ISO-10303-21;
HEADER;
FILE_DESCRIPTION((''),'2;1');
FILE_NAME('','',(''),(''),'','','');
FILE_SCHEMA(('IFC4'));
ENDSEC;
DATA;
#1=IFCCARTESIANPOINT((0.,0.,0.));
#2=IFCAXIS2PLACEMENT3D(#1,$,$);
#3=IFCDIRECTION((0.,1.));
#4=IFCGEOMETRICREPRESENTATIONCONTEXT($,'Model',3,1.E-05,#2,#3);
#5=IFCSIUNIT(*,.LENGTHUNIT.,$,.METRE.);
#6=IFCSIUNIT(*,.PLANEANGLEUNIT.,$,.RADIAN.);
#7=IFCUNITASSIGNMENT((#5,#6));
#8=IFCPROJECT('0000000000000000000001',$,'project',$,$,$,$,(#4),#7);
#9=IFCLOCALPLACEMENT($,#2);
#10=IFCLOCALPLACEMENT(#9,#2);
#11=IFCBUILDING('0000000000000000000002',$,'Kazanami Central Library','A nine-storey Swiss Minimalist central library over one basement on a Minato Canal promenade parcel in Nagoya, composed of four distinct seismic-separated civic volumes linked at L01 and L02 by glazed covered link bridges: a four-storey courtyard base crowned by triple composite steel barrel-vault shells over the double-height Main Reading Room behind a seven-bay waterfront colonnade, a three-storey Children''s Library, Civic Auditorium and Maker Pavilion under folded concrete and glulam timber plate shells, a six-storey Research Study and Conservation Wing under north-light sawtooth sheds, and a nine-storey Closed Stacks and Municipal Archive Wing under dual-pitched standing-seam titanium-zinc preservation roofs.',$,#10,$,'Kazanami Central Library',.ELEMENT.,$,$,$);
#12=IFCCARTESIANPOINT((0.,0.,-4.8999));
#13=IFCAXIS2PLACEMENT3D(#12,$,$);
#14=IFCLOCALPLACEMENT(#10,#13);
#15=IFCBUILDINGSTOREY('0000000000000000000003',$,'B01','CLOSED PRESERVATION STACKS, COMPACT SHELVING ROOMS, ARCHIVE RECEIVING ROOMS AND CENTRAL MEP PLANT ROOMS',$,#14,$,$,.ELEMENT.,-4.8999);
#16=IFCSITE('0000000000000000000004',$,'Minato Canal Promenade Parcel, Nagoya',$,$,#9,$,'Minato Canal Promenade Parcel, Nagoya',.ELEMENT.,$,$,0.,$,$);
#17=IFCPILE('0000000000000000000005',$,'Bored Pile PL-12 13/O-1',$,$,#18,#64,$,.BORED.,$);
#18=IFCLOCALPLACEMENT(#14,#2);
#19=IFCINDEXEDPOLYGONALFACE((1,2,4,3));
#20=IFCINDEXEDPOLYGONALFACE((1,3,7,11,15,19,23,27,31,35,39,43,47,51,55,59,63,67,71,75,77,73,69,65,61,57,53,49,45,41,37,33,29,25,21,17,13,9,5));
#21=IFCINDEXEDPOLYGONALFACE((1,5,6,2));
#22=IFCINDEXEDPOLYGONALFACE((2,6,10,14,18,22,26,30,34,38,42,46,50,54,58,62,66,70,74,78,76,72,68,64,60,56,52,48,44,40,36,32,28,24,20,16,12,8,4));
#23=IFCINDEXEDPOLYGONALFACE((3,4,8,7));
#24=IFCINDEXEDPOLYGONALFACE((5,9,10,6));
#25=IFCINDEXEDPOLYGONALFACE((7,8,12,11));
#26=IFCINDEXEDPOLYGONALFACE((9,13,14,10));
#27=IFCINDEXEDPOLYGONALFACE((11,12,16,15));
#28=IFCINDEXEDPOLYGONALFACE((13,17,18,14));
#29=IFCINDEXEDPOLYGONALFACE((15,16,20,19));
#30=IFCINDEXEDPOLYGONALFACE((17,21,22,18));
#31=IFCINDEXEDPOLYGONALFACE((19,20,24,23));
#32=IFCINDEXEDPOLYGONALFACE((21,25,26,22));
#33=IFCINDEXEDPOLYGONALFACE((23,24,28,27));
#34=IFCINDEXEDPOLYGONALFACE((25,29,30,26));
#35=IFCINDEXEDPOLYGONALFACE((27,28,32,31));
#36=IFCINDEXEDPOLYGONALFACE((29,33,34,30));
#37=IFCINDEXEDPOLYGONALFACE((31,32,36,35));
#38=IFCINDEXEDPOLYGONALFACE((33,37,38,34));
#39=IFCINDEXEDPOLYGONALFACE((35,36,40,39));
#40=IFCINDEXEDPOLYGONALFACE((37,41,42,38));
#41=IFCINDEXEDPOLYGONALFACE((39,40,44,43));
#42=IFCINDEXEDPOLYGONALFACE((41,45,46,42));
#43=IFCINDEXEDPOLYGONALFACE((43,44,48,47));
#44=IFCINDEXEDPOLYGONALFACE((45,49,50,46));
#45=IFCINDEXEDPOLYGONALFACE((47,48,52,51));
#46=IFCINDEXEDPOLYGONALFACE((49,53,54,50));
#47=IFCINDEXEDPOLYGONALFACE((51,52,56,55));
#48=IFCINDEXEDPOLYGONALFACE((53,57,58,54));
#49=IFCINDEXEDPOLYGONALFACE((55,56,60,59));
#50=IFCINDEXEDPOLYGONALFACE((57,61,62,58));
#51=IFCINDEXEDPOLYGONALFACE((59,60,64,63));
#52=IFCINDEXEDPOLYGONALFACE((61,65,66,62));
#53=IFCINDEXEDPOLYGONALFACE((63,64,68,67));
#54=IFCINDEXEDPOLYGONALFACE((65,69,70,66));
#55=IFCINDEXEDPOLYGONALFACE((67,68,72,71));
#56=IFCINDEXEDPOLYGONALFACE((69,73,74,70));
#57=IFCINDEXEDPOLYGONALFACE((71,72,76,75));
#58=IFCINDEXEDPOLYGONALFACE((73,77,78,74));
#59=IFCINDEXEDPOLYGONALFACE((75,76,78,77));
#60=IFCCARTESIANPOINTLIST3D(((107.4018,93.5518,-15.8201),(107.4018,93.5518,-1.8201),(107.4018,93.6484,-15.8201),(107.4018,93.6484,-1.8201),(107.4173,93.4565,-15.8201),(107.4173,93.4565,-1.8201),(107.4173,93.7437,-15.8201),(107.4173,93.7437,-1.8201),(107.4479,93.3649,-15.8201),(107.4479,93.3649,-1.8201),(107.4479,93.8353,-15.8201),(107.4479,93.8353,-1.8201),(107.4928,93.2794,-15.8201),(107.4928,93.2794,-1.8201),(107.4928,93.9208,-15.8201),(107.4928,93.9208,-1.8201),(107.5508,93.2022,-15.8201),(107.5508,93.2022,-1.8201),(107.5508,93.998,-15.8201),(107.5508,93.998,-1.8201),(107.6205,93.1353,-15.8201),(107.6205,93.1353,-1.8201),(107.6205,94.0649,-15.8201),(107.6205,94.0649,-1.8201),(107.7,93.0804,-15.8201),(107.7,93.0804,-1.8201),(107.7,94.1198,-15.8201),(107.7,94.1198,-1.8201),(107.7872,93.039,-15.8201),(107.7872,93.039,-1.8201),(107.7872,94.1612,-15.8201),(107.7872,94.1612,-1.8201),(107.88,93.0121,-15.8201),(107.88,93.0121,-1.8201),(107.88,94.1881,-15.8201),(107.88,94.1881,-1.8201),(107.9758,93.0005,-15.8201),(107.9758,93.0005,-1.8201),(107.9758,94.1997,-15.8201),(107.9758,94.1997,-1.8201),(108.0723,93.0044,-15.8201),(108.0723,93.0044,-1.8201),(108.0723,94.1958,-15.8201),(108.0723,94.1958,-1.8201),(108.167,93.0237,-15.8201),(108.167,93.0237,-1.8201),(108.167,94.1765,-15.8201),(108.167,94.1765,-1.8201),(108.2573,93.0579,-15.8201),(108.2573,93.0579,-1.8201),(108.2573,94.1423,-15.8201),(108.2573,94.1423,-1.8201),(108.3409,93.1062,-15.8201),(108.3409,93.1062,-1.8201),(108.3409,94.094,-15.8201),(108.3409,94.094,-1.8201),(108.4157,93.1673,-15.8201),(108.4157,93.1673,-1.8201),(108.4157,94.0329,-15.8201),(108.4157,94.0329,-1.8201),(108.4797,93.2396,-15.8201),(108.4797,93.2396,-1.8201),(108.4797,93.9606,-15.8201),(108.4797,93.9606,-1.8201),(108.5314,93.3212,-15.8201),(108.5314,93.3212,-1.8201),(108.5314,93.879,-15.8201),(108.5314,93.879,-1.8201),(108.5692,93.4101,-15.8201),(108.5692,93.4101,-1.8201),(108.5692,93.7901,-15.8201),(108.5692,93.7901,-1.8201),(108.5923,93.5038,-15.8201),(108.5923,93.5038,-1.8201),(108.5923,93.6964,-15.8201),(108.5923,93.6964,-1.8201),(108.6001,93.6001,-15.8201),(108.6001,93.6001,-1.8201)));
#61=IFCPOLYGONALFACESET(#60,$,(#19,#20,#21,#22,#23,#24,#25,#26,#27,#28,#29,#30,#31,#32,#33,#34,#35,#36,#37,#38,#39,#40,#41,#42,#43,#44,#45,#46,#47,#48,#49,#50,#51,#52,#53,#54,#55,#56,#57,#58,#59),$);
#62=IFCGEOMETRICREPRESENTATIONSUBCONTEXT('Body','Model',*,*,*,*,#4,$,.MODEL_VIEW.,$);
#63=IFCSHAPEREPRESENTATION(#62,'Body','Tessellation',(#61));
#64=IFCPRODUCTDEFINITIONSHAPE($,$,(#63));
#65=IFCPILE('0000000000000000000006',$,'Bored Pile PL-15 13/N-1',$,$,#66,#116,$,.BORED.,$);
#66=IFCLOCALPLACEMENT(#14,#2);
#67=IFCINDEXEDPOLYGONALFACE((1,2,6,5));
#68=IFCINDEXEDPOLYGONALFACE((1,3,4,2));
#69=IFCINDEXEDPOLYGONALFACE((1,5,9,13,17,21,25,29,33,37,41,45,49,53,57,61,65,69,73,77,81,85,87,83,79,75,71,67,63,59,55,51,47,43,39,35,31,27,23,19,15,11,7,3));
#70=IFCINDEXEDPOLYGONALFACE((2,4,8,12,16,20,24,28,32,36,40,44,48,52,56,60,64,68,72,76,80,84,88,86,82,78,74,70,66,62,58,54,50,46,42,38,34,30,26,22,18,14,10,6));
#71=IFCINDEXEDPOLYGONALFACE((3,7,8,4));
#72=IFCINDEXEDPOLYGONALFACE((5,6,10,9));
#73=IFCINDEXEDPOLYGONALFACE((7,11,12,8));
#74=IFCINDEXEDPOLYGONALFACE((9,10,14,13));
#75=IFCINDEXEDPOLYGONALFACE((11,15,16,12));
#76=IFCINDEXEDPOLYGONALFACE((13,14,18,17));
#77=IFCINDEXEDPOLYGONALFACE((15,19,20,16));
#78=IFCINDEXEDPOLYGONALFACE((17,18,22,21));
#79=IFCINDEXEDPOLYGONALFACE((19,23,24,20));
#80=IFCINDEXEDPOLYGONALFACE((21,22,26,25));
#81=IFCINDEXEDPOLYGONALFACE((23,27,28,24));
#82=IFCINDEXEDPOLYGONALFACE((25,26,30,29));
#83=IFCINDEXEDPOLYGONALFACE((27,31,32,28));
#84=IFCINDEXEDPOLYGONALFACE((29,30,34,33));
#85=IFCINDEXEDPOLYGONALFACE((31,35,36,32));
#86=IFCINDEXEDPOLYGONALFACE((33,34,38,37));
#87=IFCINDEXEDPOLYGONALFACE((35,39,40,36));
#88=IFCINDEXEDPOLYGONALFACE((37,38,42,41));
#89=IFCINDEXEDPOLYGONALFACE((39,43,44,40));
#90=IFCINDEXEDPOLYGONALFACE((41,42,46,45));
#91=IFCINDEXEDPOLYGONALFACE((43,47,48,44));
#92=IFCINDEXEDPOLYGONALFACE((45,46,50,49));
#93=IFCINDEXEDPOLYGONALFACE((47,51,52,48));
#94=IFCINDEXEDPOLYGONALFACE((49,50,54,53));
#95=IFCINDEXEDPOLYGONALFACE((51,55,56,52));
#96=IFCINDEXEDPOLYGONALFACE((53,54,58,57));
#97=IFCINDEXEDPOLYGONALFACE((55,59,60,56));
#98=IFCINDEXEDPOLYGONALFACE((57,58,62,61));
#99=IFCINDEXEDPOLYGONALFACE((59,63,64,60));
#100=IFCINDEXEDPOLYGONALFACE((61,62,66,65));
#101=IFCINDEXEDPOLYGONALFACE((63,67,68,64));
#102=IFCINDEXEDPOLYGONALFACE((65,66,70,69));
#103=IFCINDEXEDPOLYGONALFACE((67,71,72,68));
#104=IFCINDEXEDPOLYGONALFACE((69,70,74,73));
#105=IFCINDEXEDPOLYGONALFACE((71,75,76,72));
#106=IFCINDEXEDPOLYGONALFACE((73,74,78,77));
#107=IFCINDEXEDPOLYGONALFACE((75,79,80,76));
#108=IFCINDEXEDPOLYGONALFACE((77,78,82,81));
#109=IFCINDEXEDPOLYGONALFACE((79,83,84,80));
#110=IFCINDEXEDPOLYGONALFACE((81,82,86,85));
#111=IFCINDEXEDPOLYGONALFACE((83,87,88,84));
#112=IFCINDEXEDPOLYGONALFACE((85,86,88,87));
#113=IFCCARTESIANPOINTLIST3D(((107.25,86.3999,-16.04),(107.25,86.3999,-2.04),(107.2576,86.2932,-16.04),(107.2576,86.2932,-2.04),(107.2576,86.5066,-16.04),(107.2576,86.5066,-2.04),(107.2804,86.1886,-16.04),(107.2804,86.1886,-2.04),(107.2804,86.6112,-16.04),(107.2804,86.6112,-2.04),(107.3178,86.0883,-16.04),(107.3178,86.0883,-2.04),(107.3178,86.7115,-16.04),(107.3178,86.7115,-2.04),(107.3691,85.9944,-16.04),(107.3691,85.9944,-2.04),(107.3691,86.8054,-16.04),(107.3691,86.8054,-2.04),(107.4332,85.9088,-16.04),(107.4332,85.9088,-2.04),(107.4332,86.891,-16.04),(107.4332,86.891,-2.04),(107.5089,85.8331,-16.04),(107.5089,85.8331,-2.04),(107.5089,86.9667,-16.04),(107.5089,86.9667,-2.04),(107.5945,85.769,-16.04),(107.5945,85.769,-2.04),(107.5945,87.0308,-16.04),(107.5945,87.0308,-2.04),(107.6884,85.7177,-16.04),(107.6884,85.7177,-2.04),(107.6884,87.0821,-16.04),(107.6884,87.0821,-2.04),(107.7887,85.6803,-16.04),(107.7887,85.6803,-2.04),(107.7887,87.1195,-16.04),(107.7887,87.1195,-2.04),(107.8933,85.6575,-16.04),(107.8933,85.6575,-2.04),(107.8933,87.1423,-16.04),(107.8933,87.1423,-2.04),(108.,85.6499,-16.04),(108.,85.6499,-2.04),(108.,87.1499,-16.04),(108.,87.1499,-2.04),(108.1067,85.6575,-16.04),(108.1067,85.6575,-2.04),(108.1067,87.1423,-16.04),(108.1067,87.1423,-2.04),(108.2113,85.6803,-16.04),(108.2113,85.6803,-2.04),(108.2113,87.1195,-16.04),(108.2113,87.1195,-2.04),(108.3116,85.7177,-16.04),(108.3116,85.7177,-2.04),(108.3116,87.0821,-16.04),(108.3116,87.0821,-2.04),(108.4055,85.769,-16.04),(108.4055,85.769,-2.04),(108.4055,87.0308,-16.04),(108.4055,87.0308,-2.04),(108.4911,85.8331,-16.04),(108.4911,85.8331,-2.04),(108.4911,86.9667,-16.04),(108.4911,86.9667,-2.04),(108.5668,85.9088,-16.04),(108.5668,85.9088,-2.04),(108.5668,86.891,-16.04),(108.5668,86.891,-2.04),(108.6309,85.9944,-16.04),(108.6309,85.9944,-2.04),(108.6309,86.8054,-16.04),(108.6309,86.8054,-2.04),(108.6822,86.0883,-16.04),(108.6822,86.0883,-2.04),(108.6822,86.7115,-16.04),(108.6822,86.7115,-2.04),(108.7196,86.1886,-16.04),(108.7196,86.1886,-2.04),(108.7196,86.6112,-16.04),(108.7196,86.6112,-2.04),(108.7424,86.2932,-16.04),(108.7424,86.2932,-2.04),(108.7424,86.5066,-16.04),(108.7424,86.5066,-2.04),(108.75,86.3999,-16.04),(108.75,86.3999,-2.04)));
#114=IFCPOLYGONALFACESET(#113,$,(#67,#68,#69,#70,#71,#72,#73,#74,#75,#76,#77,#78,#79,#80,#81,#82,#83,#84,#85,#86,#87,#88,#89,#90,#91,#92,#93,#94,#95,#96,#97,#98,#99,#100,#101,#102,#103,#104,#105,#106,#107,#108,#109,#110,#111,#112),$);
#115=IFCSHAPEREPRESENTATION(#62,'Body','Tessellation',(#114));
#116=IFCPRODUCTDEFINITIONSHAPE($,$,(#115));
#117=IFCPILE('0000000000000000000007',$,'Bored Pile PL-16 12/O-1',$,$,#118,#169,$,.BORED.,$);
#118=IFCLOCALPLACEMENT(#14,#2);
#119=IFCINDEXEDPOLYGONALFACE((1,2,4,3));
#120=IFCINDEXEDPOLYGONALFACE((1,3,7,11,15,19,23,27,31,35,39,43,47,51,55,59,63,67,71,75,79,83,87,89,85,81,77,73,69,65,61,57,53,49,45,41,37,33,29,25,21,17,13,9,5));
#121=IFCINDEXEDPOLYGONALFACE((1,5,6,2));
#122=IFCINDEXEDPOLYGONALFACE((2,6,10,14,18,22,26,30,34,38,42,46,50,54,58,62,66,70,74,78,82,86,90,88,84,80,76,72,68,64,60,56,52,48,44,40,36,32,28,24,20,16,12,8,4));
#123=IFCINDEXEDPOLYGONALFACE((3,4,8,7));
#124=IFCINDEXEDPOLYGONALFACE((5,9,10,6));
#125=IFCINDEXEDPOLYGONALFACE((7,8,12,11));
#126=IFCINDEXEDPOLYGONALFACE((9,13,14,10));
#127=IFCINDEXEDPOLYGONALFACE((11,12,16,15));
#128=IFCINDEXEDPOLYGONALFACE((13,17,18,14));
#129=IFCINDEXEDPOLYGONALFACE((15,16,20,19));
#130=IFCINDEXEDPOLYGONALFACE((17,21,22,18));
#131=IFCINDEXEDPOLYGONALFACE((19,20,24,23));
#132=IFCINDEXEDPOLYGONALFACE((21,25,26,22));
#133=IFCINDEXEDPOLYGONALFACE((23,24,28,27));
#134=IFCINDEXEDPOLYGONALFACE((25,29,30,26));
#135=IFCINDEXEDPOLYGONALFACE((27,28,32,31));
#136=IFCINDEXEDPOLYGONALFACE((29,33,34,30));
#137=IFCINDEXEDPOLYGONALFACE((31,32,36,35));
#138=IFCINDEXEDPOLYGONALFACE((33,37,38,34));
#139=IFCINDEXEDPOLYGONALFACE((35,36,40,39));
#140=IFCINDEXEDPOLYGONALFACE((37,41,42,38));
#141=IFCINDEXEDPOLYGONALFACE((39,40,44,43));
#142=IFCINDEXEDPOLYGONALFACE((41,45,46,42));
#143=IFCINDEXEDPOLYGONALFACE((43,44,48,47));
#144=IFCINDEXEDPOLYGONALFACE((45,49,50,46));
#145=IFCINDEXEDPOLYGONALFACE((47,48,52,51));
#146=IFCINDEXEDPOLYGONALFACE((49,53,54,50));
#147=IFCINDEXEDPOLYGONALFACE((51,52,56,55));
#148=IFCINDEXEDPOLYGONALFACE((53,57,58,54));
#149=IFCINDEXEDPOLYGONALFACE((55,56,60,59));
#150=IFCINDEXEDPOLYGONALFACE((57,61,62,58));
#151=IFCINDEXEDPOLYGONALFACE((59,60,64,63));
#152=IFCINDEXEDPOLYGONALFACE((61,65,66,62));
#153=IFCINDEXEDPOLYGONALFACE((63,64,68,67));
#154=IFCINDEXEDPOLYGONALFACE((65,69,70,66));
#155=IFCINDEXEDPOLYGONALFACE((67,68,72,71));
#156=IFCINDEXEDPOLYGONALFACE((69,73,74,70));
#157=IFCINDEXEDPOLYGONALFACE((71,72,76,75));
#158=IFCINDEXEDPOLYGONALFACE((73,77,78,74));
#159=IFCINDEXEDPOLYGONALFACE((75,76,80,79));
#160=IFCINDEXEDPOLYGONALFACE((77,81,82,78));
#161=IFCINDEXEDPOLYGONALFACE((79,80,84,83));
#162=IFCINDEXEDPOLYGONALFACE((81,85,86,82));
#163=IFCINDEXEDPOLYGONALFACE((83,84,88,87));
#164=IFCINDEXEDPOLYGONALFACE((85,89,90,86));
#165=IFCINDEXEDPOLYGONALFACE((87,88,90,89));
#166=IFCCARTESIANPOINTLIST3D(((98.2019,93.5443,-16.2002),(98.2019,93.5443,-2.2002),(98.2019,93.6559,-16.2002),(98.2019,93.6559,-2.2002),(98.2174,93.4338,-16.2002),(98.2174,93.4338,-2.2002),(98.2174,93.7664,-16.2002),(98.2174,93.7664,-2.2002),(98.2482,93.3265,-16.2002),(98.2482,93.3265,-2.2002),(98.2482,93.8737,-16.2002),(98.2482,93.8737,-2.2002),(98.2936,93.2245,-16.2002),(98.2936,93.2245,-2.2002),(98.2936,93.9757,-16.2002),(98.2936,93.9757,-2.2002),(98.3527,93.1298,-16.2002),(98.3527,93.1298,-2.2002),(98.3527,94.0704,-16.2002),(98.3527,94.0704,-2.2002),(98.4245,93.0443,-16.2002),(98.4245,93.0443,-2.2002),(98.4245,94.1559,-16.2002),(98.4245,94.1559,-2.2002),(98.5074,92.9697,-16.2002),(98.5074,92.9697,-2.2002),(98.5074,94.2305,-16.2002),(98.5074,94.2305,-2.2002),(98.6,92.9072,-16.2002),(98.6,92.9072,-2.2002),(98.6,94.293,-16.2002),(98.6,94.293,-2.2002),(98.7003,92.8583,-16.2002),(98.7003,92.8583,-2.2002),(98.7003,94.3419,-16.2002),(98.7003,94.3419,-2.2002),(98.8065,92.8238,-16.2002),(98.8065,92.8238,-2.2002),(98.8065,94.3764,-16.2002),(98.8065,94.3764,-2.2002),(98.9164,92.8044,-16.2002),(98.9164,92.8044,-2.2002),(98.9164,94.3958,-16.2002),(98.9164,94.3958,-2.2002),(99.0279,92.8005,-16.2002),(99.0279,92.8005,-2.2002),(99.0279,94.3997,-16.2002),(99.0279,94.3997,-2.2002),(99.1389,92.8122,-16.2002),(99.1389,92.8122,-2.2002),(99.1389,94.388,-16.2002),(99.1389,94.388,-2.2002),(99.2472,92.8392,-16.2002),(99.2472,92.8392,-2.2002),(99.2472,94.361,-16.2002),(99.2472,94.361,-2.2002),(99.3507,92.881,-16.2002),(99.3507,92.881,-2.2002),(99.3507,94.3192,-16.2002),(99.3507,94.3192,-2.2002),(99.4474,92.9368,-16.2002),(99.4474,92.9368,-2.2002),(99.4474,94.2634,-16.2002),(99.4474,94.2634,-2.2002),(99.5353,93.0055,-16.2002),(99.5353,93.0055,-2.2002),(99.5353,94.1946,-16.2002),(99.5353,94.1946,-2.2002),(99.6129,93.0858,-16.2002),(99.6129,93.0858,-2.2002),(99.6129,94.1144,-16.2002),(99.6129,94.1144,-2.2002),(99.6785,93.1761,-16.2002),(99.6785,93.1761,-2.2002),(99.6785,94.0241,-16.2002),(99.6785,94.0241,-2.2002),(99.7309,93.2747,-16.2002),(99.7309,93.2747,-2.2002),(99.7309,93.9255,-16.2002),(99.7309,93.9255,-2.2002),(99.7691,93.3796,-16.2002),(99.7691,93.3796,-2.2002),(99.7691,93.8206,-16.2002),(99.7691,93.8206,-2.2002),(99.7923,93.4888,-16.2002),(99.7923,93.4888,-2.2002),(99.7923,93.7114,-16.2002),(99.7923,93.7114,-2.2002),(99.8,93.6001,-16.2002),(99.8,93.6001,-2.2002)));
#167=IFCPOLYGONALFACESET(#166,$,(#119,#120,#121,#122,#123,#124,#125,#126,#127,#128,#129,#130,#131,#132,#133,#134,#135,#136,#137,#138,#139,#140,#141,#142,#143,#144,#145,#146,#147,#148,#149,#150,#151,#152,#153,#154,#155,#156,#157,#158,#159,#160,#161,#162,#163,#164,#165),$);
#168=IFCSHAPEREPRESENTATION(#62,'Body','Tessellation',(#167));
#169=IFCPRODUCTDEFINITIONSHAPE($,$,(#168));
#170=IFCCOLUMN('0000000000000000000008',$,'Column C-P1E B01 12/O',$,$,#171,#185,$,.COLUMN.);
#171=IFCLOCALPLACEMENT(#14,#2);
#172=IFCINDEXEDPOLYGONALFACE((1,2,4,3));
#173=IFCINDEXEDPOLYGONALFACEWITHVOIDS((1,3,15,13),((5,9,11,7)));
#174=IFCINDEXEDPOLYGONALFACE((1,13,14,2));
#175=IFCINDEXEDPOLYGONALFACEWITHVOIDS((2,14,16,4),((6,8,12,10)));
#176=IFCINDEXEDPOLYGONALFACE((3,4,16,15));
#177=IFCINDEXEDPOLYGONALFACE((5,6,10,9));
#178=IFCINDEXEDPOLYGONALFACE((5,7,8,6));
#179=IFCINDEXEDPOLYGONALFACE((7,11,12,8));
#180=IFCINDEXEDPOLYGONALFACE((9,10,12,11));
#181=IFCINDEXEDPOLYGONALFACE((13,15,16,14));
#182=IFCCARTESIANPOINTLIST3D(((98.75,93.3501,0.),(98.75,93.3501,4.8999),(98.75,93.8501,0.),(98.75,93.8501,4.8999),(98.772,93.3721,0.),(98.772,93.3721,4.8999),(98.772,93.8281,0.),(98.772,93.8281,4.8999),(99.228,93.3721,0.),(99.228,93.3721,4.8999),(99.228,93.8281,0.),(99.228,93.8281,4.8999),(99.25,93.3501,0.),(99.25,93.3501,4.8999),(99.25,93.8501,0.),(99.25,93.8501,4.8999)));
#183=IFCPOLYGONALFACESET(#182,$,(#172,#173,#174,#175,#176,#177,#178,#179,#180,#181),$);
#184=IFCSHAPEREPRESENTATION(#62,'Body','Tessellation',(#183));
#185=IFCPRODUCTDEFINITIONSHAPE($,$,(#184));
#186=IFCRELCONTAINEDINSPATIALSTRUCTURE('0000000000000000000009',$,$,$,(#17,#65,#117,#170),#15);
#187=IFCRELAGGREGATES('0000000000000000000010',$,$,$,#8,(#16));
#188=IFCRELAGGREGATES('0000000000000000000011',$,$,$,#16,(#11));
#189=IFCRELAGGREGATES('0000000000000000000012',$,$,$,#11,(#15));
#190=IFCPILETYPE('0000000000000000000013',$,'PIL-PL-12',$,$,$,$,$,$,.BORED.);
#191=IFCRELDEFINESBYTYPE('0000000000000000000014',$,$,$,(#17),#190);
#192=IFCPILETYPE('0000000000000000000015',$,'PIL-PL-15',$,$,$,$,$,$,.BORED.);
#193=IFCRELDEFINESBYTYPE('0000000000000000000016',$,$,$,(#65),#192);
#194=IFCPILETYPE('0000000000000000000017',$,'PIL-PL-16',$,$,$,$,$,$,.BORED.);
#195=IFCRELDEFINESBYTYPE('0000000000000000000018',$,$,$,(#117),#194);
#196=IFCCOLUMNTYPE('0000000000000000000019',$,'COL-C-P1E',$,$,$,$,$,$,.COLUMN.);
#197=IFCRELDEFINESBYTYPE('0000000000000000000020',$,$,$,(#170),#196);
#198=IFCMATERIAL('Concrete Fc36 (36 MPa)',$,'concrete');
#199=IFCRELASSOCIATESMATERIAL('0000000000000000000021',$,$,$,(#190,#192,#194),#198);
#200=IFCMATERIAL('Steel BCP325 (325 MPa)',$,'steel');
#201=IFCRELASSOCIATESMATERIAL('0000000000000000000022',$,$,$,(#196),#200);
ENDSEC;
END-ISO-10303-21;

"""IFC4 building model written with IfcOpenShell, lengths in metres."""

from ifc_helpers import new_model, si_unit, direction, frame, origin, origin_2d, place, context, subcontext, project, spatial, hollow_rectangle, circle, extrude, material, material_profile, profile_set, type_object, element, save


model = new_model("IFC4")

# Units and contexts
model_context = context("Model", 3, precision=1e-05, world=origin(), true_north=direction((0.0, 1.0)))
body_context = subcontext(model_context, "Body", "Model", "MODEL_VIEW")
ifc_project = project(units=[si_unit("LENGTHUNIT", "METRE"), si_unit("PLANEANGLEUNIT", "RADIAN")], contexts=[model_context])

# Site, building, storey
site_placement = place(None, origin())
site = spatial("IfcSite", under=ifc_project, at=site_placement, Name="Minato Canal Promenade Parcel, Nagoya", LongName="Minato Canal Promenade Parcel, Nagoya", CompositionType="ELEMENT", RefElevation=0.0)
building_placement = place(site_placement, origin())
building = spatial("IfcBuilding", under=site, at=building_placement, Name="Kazanami Central Library", Description="A nine-storey Swiss Minimalist central library over one basement on a Minato Canal promenade parcel in Nagoya, composed of four distinct seismic-separated civic volumes linked at L01 and L02 by glazed covered link bridges: a four-storey courtyard base crowned by triple composite steel barrel-vault shells over the double-height Main Reading Room behind a seven-bay waterfront colonnade, a three-storey Children's Library, Civic Auditorium and Maker Pavilion under folded concrete and glulam timber plate shells, a six-storey Research Study and Conservation Wing under north-light sawtooth sheds, and a nine-storey Closed Stacks and Municipal Archive Wing under dual-pitched standing-seam titanium-zinc preservation roofs.", LongName="Kazanami Central Library", CompositionType="ELEMENT")
storey_placement = place(building_placement, frame((0.0, 0.0, -4.8999)))
storey = spatial("IfcBuildingStorey", under=building, at=storey_placement, Name="B01", Description="CLOSED PRESERVATION STACKS, COMPACT SHELVING ROOMS, ARCHIVE RECEIVING ROOMS AND CENTRAL MEP PLANT ROOMS", CompositionType="ELEMENT", Elevation=-4.8999)

# Shared definitions
ifc_material_1 = material(Name="Concrete Fc36 (36 MPa)", Category="concrete")

# Piles
ifc_material_profile_1 = material_profile(ifc_material_1, circle(Radius=0.6001, at=origin_2d()), Name="BORED-D1200")
ifc_profile_set_1 = profile_set([ifc_material_profile_1], Name="Concrete Fc36 (36 MPa)")
pile_type_1 = type_object("IfcPileType", Name="PIL-PL-12", PredefinedType="BORED", material=ifc_profile_set_1)
for number, where, z_axis, x_axis, name in (
    (1, (108.0, 93.6001, -1.8201), (0.0, 0.0, -1.0), (1.0, 0.0, 0.0), "Bored Pile PL-12 13/O-1"),
):
    element("IfcPile", number, at=place(storey_placement, frame(where, z_axis=z_axis, x_axis=x_axis)), inside=storey, type_object=pile_type_1, Name=name, PredefinedType="BORED", context=body_context, shape_type="SweptSolid", body=[
        extrude(circle(Radius=0.6001, at=origin_2d()), origin(), (0.0, 0.0, 1.0), 14.0),
    ])
ifc_material_profile_2 = material_profile(ifc_material_1, circle(Radius=0.75, at=origin_2d()), Name="BORED-D1500")
ifc_profile_set_2 = profile_set([ifc_material_profile_2], Name="Concrete Fc36 (36 MPa)")
pile_type_2 = type_object("IfcPileType", Name="PIL-PL-15", PredefinedType="BORED", material=ifc_profile_set_2)
pile_1_placement = place(storey_placement, frame((108.0, 86.3999, -2.04), z_axis=(0.0, 0.0, -1.0), x_axis=(1.0, 0.0, 0.0)))
element("IfcPile", 2, at=pile_1_placement, inside=storey, type_object=pile_type_2, Name="Bored Pile PL-15 13/N-1", PredefinedType="BORED", context=body_context, shape_type="SweptSolid", body=[
    extrude(circle(Radius=0.75, at=origin_2d()), origin(), (0.0, 0.0, 1.0), 14.0),
])
ifc_material_profile_3 = material_profile(ifc_material_1, circle(Radius=0.8, at=origin_2d()), Name="BORED-D1600")
ifc_profile_set_3 = profile_set([ifc_material_profile_3], Name="Concrete Fc36 (36 MPa)")
pile_type_3 = type_object("IfcPileType", Name="PIL-PL-16", PredefinedType="BORED", material=ifc_profile_set_3)
pile_2_placement = place(storey_placement, frame((99.0, 93.6001, -2.2002), z_axis=(0.0, 0.0, -1.0), x_axis=(1.0, 0.0, 0.0)))
element("IfcPile", 3, at=pile_2_placement, inside=storey, type_object=pile_type_3, Name="Bored Pile PL-16 12/O-1", PredefinedType="BORED", context=body_context, shape_type="SweptSolid", body=[
    extrude(circle(Radius=0.8, at=origin_2d()), origin(), (0.0, 0.0, 1.0), 14.0),
])

# Column
ifc_material_2 = material(Name="Steel BCP325 (325 MPa)", Category="steel")
ifc_material_profile_4 = material_profile(ifc_material_2, hollow_rectangle(XDim=0.5, YDim=0.5, WallThickness=0.022, at=origin_2d()), Name="BCP-500x500x22")
ifc_profile_set_4 = profile_set([ifc_material_profile_4], Name="Steel BCP325 (325 MPa)")
column_type_1 = type_object("IfcColumnType", Name="COL-C-P1E", PredefinedType="COLUMN", material=ifc_profile_set_4)
for number, where, z_axis, x_axis, name in (
    (4, (99.0, 93.6001, 0.0), (0.0, 0.0, 1.0), (1.0, 0.0, 0.0), "Column C-P1E B01 12/O"),
):
    element("IfcColumn", number, at=place(storey_placement, frame(where, z_axis=z_axis, x_axis=x_axis)), inside=storey, type_object=column_type_1, Name=name, PredefinedType="COLUMN", context=body_context, shape_type="SweptSolid", body=[
        extrude(hollow_rectangle(XDim=0.5, YDim=0.5, WallThickness=0.022, at=origin_2d()), origin(), (0.0, 0.0, 1.0), 4.8999),
    ])

save(model, "model.ifc")
